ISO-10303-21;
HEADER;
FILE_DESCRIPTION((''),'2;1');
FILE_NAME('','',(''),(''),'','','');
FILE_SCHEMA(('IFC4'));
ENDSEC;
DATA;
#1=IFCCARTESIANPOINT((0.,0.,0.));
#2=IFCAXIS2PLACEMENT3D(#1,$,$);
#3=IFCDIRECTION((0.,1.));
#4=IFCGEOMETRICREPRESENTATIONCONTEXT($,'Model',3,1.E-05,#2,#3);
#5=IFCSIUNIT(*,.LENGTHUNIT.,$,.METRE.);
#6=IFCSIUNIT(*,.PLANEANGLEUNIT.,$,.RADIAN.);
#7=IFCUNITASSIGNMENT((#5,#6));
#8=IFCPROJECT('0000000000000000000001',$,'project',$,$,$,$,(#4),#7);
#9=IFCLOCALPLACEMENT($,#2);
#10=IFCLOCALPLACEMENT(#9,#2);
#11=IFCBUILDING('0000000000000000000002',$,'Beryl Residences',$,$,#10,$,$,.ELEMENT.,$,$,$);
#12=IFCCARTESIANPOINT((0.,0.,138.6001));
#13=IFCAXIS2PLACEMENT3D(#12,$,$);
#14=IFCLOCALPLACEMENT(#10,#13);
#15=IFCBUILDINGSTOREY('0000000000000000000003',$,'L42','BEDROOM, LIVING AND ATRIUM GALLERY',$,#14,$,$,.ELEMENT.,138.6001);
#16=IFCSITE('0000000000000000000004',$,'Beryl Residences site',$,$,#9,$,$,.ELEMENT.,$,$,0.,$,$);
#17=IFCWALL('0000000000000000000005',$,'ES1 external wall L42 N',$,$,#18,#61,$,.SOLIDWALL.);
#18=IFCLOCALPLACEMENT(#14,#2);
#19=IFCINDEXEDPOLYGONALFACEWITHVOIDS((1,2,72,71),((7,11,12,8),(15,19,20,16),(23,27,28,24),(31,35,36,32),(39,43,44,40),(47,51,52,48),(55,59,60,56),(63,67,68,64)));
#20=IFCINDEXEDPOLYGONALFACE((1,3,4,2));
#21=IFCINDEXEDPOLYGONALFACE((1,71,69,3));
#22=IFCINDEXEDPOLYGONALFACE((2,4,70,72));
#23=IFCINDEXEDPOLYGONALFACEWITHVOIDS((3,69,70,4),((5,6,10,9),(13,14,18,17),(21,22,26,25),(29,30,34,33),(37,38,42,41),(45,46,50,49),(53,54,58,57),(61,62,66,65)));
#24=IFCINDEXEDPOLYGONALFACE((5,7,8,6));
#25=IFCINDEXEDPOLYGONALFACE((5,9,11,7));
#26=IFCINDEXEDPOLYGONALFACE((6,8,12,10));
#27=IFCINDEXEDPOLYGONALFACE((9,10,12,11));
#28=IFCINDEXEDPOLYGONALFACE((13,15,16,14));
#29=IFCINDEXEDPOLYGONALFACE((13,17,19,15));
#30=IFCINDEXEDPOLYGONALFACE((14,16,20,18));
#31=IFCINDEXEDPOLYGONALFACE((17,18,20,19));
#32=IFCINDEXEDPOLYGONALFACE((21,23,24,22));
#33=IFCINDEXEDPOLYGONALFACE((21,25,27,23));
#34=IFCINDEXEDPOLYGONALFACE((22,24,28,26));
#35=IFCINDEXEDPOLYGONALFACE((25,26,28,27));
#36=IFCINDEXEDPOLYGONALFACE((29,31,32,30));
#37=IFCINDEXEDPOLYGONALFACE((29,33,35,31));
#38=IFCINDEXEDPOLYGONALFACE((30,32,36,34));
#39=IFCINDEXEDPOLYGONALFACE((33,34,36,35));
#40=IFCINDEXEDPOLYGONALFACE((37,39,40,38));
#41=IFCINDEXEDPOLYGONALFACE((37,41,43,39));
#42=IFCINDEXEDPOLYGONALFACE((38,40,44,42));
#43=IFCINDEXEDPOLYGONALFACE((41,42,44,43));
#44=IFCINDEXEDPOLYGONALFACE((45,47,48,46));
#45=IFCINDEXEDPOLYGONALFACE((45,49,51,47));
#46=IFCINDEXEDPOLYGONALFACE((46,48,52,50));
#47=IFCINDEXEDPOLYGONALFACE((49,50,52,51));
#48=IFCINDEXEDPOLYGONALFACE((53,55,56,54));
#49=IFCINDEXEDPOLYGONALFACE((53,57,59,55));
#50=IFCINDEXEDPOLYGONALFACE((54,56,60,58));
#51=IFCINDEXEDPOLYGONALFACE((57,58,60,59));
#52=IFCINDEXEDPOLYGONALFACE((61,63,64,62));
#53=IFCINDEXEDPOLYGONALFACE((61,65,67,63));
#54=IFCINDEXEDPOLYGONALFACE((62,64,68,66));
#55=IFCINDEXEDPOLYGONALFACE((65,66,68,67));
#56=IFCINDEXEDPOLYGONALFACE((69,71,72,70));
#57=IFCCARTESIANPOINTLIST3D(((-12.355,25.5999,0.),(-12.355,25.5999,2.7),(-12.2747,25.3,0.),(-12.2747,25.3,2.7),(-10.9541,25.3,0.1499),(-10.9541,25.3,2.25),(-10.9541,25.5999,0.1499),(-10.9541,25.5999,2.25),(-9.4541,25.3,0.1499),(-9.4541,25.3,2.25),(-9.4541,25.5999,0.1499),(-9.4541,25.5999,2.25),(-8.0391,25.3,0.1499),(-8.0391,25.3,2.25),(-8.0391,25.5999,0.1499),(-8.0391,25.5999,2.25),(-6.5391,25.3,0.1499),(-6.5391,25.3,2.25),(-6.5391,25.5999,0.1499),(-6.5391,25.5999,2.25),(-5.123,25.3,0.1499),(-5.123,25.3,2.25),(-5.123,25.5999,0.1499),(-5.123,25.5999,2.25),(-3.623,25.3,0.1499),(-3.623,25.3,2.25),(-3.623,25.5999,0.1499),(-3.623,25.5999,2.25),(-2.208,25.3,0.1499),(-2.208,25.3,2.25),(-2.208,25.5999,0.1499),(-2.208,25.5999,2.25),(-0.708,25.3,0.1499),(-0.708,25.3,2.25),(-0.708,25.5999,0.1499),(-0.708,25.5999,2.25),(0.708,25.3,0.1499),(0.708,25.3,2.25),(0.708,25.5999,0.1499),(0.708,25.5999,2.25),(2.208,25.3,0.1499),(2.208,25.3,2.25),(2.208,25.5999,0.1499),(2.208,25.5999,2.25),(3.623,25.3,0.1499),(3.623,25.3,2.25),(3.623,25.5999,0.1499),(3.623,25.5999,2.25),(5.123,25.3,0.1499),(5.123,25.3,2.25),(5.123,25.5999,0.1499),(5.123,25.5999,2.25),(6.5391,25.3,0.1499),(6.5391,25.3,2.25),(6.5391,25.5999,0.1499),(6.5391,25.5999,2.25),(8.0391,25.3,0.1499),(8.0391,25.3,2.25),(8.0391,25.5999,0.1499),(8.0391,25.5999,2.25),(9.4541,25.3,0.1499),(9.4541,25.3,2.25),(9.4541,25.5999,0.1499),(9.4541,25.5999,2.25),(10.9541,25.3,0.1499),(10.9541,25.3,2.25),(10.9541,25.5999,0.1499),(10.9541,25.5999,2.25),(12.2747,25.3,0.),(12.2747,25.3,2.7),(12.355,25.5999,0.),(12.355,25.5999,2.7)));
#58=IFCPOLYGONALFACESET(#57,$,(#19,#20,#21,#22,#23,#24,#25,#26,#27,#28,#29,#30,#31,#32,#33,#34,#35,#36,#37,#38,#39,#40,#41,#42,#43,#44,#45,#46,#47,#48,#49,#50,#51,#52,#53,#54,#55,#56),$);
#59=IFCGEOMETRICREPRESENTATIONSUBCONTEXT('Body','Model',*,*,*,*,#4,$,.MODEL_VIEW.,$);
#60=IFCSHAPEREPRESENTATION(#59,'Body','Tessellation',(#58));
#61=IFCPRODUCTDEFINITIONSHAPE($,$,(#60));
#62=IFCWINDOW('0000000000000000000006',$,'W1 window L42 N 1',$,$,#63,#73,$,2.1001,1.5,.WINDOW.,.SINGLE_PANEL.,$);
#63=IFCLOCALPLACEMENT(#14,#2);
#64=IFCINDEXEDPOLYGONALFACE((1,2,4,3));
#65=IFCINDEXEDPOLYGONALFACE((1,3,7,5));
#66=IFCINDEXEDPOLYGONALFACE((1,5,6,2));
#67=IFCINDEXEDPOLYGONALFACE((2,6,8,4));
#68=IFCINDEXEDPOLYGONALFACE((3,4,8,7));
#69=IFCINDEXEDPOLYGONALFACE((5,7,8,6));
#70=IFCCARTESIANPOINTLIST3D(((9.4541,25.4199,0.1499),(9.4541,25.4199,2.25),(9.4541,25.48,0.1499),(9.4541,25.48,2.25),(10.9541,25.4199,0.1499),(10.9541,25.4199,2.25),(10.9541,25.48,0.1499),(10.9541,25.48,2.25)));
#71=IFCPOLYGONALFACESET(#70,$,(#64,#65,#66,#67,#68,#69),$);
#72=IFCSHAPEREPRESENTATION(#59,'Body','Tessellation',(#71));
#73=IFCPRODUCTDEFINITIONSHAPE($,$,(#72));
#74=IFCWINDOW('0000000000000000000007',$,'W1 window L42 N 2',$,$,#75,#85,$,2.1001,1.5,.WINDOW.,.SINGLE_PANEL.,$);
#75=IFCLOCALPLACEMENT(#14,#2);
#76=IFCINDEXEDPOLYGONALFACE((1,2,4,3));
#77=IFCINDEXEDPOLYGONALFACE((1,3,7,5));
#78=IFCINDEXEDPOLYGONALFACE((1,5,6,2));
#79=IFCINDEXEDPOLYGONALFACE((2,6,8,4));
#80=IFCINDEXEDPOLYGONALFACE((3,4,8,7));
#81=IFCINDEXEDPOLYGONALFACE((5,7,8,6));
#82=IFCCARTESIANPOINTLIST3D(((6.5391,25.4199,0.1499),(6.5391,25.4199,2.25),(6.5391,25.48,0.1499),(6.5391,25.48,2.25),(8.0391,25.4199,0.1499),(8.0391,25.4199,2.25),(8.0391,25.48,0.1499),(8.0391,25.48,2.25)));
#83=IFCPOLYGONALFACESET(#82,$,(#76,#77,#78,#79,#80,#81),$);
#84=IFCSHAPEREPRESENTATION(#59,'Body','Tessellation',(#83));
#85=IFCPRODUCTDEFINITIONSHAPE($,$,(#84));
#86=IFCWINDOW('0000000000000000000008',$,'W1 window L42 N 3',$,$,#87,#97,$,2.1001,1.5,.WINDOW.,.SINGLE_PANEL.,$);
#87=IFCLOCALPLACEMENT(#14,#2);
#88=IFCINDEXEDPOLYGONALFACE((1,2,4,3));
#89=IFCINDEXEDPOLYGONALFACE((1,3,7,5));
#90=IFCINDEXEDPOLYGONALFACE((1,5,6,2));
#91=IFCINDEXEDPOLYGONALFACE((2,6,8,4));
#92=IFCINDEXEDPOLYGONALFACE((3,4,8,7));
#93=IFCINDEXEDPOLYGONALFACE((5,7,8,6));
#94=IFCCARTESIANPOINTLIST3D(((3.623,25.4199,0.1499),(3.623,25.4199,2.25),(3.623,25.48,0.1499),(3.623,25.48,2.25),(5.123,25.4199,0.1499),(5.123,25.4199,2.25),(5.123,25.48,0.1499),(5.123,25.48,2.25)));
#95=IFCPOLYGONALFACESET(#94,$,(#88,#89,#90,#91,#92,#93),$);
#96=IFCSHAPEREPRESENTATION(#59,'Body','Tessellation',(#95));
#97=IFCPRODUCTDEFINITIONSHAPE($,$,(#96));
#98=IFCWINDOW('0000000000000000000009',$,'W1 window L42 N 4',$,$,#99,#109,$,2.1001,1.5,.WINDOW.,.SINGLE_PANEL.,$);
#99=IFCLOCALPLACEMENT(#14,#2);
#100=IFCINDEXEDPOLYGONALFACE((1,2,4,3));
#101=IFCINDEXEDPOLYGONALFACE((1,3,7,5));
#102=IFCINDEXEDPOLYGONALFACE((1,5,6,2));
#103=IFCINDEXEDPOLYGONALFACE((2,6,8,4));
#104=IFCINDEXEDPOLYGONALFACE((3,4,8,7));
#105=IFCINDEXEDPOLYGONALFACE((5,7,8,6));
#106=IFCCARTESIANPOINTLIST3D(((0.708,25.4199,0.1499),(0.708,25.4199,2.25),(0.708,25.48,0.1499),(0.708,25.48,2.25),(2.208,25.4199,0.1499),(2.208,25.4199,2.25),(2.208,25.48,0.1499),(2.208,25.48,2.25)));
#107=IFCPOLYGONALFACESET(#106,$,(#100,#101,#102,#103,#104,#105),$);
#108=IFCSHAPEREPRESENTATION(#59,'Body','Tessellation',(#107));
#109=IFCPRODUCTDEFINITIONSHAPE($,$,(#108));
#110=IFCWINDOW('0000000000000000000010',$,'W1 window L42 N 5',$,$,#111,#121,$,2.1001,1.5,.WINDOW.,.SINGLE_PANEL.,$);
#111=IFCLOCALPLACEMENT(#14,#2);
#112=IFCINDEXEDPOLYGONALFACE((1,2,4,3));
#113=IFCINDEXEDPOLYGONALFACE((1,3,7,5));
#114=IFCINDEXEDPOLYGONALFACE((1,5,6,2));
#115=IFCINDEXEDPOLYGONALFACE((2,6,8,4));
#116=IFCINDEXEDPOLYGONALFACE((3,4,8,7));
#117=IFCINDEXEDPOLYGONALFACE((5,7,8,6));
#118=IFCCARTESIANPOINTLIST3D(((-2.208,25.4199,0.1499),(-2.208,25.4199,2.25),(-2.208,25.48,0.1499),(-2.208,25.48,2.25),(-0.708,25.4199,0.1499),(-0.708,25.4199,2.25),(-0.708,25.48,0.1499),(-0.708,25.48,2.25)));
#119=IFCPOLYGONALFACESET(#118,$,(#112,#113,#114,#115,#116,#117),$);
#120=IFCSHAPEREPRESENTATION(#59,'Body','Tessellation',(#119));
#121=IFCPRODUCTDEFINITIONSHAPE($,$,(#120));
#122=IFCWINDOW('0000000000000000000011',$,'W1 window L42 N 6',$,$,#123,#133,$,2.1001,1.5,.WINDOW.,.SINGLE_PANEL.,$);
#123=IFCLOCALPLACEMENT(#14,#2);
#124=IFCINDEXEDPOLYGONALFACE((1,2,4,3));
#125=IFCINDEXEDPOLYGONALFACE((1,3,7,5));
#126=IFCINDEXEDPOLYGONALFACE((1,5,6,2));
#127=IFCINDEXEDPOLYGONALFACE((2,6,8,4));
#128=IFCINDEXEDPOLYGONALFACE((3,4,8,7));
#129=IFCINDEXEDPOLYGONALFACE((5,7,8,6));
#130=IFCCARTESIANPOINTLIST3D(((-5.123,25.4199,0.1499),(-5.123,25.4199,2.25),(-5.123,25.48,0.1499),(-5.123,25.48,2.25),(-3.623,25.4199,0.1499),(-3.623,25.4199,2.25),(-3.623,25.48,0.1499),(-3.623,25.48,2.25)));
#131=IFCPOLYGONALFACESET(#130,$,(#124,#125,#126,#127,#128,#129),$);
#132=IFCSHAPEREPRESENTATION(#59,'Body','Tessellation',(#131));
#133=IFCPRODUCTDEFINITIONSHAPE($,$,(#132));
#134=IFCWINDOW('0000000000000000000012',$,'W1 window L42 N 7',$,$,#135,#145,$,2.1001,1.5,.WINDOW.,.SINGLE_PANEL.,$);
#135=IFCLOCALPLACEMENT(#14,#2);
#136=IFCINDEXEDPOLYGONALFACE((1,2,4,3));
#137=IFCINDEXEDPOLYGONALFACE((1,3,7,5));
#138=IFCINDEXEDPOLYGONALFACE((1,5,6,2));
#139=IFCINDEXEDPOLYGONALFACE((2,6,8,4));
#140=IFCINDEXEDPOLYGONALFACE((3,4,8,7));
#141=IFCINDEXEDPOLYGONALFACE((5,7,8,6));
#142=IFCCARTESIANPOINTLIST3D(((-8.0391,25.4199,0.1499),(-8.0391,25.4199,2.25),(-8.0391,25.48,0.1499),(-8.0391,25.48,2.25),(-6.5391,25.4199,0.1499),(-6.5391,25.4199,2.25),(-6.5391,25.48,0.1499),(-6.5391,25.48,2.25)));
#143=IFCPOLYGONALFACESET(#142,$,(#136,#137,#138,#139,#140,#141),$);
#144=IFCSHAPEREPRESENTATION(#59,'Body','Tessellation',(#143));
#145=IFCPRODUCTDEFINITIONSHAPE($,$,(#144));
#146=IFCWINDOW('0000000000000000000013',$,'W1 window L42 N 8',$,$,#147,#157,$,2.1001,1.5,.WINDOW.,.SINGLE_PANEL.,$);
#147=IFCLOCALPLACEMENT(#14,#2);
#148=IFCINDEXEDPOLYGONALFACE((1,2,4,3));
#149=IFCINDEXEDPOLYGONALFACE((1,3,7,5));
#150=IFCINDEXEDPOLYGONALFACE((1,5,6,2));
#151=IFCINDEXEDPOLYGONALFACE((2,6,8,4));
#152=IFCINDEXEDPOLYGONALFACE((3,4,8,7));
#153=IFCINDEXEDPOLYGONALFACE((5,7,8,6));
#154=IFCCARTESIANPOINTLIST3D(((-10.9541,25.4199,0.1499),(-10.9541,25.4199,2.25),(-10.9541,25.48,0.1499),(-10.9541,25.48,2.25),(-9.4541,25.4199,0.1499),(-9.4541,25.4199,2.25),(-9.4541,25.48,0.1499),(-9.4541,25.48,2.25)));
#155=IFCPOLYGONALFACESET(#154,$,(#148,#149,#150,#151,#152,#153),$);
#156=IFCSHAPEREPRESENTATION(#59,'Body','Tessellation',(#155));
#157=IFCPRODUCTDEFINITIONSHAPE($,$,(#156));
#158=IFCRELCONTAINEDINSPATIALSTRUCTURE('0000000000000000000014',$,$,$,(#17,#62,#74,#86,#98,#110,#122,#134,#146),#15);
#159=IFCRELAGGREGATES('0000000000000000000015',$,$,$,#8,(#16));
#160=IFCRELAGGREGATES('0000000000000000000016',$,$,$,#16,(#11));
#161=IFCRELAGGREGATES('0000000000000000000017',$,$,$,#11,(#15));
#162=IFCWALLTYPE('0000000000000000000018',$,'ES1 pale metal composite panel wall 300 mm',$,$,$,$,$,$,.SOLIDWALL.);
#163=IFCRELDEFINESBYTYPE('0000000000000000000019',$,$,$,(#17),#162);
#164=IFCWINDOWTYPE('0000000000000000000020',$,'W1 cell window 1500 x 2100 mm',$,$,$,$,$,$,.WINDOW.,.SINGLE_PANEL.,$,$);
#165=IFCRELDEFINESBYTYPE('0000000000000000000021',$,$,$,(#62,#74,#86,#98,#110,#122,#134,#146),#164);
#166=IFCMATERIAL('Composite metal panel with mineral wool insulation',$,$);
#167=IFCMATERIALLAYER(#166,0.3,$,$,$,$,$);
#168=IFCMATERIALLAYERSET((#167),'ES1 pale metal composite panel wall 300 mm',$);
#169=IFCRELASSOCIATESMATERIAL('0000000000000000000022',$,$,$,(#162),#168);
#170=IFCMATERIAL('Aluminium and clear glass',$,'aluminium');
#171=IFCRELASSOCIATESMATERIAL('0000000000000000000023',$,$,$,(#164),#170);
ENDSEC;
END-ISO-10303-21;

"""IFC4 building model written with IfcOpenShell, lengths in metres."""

from ifc_helpers import new_model, si_unit, direction, frame, frame_2d, origin, place, context, subcontext, project, spatial, polyline, rectangle, outline, extrude, material, layer, layer_set, type_object, element, fill, save


model = new_model("IFC4")

# Units and contexts
model_context = context("Model", 3, precision=1e-05, world=origin(), true_north=direction((0.0, 1.0)))
body_context = subcontext(model_context, "Body", "Model", "MODEL_VIEW")
ifc_project = project(units=[si_unit("LENGTHUNIT", "METRE"), si_unit("PLANEANGLEUNIT", "RADIAN")], contexts=[model_context])

# Site, building, storey
site_placement = place(None, origin())
site = spatial("IfcSite", under=ifc_project, at=site_placement, Name="Beryl Residences site", CompositionType="ELEMENT", RefElevation=0.0)
building_placement = place(site_placement, origin())
building = spatial("IfcBuilding", under=site, at=building_placement, Name="Beryl Residences", CompositionType="ELEMENT")
storey_placement = place(building_placement, frame((0.0, 0.0, 138.6001)))
storey = spatial("IfcBuildingStorey", under=building, at=storey_placement, Name="L42", Description="BEDROOM, LIVING AND ATRIUM GALLERY", CompositionType="ELEMENT", Elevation=138.6001)

# Wall, openings, windows
ifc_material_1 = material(Name="Composite metal panel with mineral wool insulation")
ifc_layer_1 = layer(ifc_material_1, 0.3)
ifc_layer_set_1 = layer_set([ifc_layer_1], Name="ES1 pale metal composite panel wall 300 mm")
wall_type_1 = type_object("IfcWallType", Name="ES1 pale metal composite panel wall 300 mm", PredefinedType="SOLIDWALL", material=ifc_layer_set_1)
wall_1_placement = place(storey_placement, frame((12.355, 25.45, 0.0), z_axis=(0.0, 0.0, 1.0), x_axis=(-1.0, 0.0, 0.0)))
wall_1 = element("IfcWall", 1, at=wall_1_placement, inside=storey, type_object=wall_type_1, Name="ES1 external wall L42 N", PredefinedType="SOLIDWALL", context=body_context, shape_type="SweptSolid", body=[
    extrude(outline(polyline([(0.0, -0.1499), (24.71, -0.1499), (24.6296, 0.1499), (0.0803, 0.1499), (0.0, -0.1499)])), origin(), (0.0, 0.0, 1.0), 2.7),
])
opening_1_placement = place(wall_1_placement, frame((1.4009, 0.0, 0.1499)))
opening_1 = element("IfcOpeningElement", 2, at=opening_1_placement, cuts=wall_1, PredefinedType="OPENING", context=body_context, shape_type="SweptSolid", body=[
    extrude(rectangle(XDim=1.5, YDim=2.1001, at=frame_2d((0.75, 1.05))), frame((0.0, 0.1599, 0.0), z_axis=(0.0, -1.0, 0.0), x_axis=(1.0, 0.0, 0.0)), (0.0, 0.0, 1.0), 0.3201),
])
opening_2_placement = place(wall_1_placement, frame((4.3159, 0.0, 0.1499)))
opening_2 = element("IfcOpeningElement", 3, at=opening_2_placement, cuts=wall_1, PredefinedType="OPENING", context=body_context, shape_type="SweptSolid", body=[
    extrude(rectangle(XDim=1.5, YDim=2.1001, at=frame_2d((0.75, 1.05))), frame((0.0, 0.1599, 0.0), z_axis=(0.0, -1.0, 0.0), x_axis=(1.0, 0.0, 0.0)), (0.0, 0.0, 1.0), 0.3201),
])
opening_3_placement = place(wall_1_placement, frame((7.2319, 0.0, 0.1499)))
opening_3 = element("IfcOpeningElement", 4, at=opening_3_placement, cuts=wall_1, PredefinedType="OPENING", context=body_context, shape_type="SweptSolid", body=[
    extrude(rectangle(XDim=1.5, YDim=2.1001, at=frame_2d((0.75, 1.05))), frame((0.0, 0.1599, 0.0), z_axis=(0.0, -1.0, 0.0), x_axis=(1.0, 0.0, 0.0)), (0.0, 0.0, 1.0), 0.3201),
])
opening_4_placement = place(wall_1_placement, frame((10.147, 0.0, 0.1499)))
opening_4 = element("IfcOpeningElement", 5, at=opening_4_placement, cuts=wall_1, PredefinedType="OPENING", context=body_context, shape_type="SweptSolid", body=[
    extrude(rectangle(XDim=1.5, YDim=2.1001, at=frame_2d((0.75, 1.05))), frame((0.0, 0.1599, 0.0), z_axis=(0.0, -1.0, 0.0), x_axis=(1.0, 0.0, 0.0)), (0.0, 0.0, 1.0), 0.3201),
])
opening_5_placement = place(wall_1_placement, frame((13.063, 0.0, 0.1499)))
opening_5 = element("IfcOpeningElement", 6, at=opening_5_placement, cuts=wall_1, PredefinedType="OPENING", context=body_context, shape_type="SweptSolid", body=[
    extrude(rectangle(XDim=1.5, YDim=2.1001, at=frame_2d((0.75, 1.05))), frame((0.0, 0.1599, 0.0), z_axis=(0.0, -1.0, 0.0), x_axis=(1.0, 0.0, 0.0)), (0.0, 0.0, 1.0), 0.3201),
])
opening_6_placement = place(wall_1_placement, frame((15.978, 0.0, 0.1499)))
opening_6 = element("IfcOpeningElement", 7, at=opening_6_placement, cuts=wall_1, PredefinedType="OPENING", context=body_context, shape_type="SweptSolid", body=[
    extrude(rectangle(XDim=1.5, YDim=2.1001, at=frame_2d((0.75, 1.05))), frame((0.0, 0.1599, 0.0), z_axis=(0.0, -1.0, 0.0), x_axis=(1.0, 0.0, 0.0)), (0.0, 0.0, 1.0), 0.3201),
])
opening_7_placement = place(wall_1_placement, frame((18.894, 0.0, 0.1499)))
opening_7 = element("IfcOpeningElement", 8, at=opening_7_placement, cuts=wall_1, PredefinedType="OPENING", context=body_context, shape_type="SweptSolid", body=[
    extrude(rectangle(XDim=1.5, YDim=2.1001, at=frame_2d((0.75, 1.05))), frame((0.0, 0.1599, 0.0), z_axis=(0.0, -1.0, 0.0), x_axis=(1.0, 0.0, 0.0)), (0.0, 0.0, 1.0), 0.3201),
])
opening_8_placement = place(wall_1_placement, frame((21.8091, 0.0, 0.1499)))
opening_8 = element("IfcOpeningElement", 9, at=opening_8_placement, cuts=wall_1, PredefinedType="OPENING", context=body_context, shape_type="SweptSolid", body=[
    extrude(rectangle(XDim=1.5, YDim=2.1001, at=frame_2d((0.75, 1.05))), frame((0.0, 0.1599, 0.0), z_axis=(0.0, -1.0, 0.0), x_axis=(1.0, 0.0, 0.0)), (0.0, 0.0, 1.0), 0.3201),
])
ifc_material_2 = material(Name="Aluminium and clear glass", Category="aluminium")
window_type = type_object("IfcWindowType", Name="W1 cell window 1500 x 2100 mm", PartitioningType="SINGLE_PANEL", PredefinedType="WINDOW", material=ifc_material_2)
window_1_placement = place(opening_1_placement, origin())
window_1 = element("IfcWindow", 10, at=window_1_placement, inside=storey, type_object=window_type, Name="W1 window L42 N 1", OverallHeight=2.1001, OverallWidth=1.5, PartitioningType="SINGLE_PANEL", PredefinedType="WINDOW", context=body_context, shape_type="SweptSolid", body=[
    extrude(rectangle(XDim=1.5, YDim=2.1001, at=frame_2d((0.75, 1.05))), frame((0.0, 0.03, 0.0), z_axis=(0.0, -1.0, 0.0), x_axis=(1.0, 0.0, 0.0)), (0.0, 0.0, 1.0), 0.0601),
])
fill(opening_1, window_1)
window_2_placement = place(opening_2_placement, origin())
window_2 = element("IfcWindow", 11, at=window_2_placement, inside=storey, type_object=window_type, Name="W1 window L42 N 2", OverallHeight=2.1001, OverallWidth=1.5, PartitioningType="SINGLE_PANEL", PredefinedType="WINDOW", context=body_context, shape_type="SweptSolid", body=[
    extrude(rectangle(XDim=1.5, YDim=2.1001, at=frame_2d((0.75, 1.05))), frame((0.0, 0.03, 0.0), z_axis=(0.0, -1.0, 0.0), x_axis=(1.0, 0.0, 0.0)), (0.0, 0.0, 1.0), 0.0601),
])
fill(opening_2, window_2)
window_3_placement = place(opening_3_placement, origin())
window_3 = element("IfcWindow", 12, at=window_3_placement, inside=storey, type_object=window_type, Name="W1 window L42 N 3", OverallHeight=2.1001, OverallWidth=1.5, PartitioningType="SINGLE_PANEL", PredefinedType="WINDOW", context=body_context, shape_type="SweptSolid", body=[
    extrude(rectangle(XDim=1.5, YDim=2.1001, at=frame_2d((0.75, 1.05))), frame((0.0, 0.03, 0.0), z_axis=(0.0, -1.0, 0.0), x_axis=(1.0, 0.0, 0.0)), (0.0, 0.0, 1.0), 0.0601),
])
fill(opening_3, window_3)
window_4_placement = place(opening_4_placement, origin())
window_4 = element("IfcWindow", 13, at=window_4_placement, inside=storey, type_object=window_type, Name="W1 window L42 N 4", OverallHeight=2.1001, OverallWidth=1.5, PartitioningType="SINGLE_PANEL", PredefinedType="WINDOW", context=body_context, shape_type="SweptSolid", body=[
    extrude(rectangle(XDim=1.5, YDim=2.1001, at=frame_2d((0.75, 1.05))), frame((0.0, 0.03, 0.0), z_axis=(0.0, -1.0, 0.0), x_axis=(1.0, 0.0, 0.0)), (0.0, 0.0, 1.0), 0.0601),
])
fill(opening_4, window_4)
window_5_placement = place(opening_5_placement, origin())
window_5 = element("IfcWindow", 14, at=window_5_placement, inside=storey, type_object=window_type, Name="W1 window L42 N 5", OverallHeight=2.1001, OverallWidth=1.5, PartitioningType="SINGLE_PANEL", PredefinedType="WINDOW", context=body_context, shape_type="SweptSolid", body=[
    extrude(rectangle(XDim=1.5, YDim=2.1001, at=frame_2d((0.75, 1.05))), frame((0.0, 0.03, 0.0), z_axis=(0.0, -1.0, 0.0), x_axis=(1.0, 0.0, 0.0)), (0.0, 0.0, 1.0), 0.0601),
])
fill(opening_5, window_5)
window_6_placement = place(opening_6_placement, origin())
window_6 = element("IfcWindow", 15, at=window_6_placement, inside=storey, type_object=window_type, Name="W1 window L42 N 6", OverallHeight=2.1001, OverallWidth=1.5, PartitioningType="SINGLE_PANEL", PredefinedType="WINDOW", context=body_context, shape_type="SweptSolid", body=[
    extrude(rectangle(XDim=1.5, YDim=2.1001, at=frame_2d((0.75, 1.05))), frame((0.0, 0.03, 0.0), z_axis=(0.0, -1.0, 0.0), x_axis=(1.0, 0.0, 0.0)), (0.0, 0.0, 1.0), 0.0601),
])
fill(opening_6, window_6)
window_7_placement = place(opening_7_placement, origin())
window_7 = element("IfcWindow", 16, at=window_7_placement, inside=storey, type_object=window_type, Name="W1 window L42 N 7", OverallHeight=2.1001, OverallWidth=1.5, PartitioningType="SINGLE_PANEL", PredefinedType="WINDOW", context=body_context, shape_type="SweptSolid", body=[
    extrude(rectangle(XDim=1.5, YDim=2.1001, at=frame_2d((0.75, 1.05))), frame((0.0, 0.03, 0.0), z_axis=(0.0, -1.0, 0.0), x_axis=(1.0, 0.0, 0.0)), (0.0, 0.0, 1.0), 0.0601),
])
fill(opening_7, window_7)
window_8_placement = place(opening_8_placement, origin())
window_8 = element("IfcWindow", 17, at=window_8_placement, inside=storey, type_object=window_type, Name="W1 window L42 N 8", OverallHeight=2.1001, OverallWidth=1.5, PartitioningType="SINGLE_PANEL", PredefinedType="WINDOW", context=body_context, shape_type="SweptSolid", body=[
    extrude(rectangle(XDim=1.5, YDim=2.1001, at=frame_2d((0.75, 1.05))), frame((0.0, 0.03, 0.0), z_axis=(0.0, -1.0, 0.0), x_axis=(1.0, 0.0, 0.0)), (0.0, 0.0, 1.0), 0.0601),
])
fill(opening_8, window_8)

save(model, "model.ifc")
